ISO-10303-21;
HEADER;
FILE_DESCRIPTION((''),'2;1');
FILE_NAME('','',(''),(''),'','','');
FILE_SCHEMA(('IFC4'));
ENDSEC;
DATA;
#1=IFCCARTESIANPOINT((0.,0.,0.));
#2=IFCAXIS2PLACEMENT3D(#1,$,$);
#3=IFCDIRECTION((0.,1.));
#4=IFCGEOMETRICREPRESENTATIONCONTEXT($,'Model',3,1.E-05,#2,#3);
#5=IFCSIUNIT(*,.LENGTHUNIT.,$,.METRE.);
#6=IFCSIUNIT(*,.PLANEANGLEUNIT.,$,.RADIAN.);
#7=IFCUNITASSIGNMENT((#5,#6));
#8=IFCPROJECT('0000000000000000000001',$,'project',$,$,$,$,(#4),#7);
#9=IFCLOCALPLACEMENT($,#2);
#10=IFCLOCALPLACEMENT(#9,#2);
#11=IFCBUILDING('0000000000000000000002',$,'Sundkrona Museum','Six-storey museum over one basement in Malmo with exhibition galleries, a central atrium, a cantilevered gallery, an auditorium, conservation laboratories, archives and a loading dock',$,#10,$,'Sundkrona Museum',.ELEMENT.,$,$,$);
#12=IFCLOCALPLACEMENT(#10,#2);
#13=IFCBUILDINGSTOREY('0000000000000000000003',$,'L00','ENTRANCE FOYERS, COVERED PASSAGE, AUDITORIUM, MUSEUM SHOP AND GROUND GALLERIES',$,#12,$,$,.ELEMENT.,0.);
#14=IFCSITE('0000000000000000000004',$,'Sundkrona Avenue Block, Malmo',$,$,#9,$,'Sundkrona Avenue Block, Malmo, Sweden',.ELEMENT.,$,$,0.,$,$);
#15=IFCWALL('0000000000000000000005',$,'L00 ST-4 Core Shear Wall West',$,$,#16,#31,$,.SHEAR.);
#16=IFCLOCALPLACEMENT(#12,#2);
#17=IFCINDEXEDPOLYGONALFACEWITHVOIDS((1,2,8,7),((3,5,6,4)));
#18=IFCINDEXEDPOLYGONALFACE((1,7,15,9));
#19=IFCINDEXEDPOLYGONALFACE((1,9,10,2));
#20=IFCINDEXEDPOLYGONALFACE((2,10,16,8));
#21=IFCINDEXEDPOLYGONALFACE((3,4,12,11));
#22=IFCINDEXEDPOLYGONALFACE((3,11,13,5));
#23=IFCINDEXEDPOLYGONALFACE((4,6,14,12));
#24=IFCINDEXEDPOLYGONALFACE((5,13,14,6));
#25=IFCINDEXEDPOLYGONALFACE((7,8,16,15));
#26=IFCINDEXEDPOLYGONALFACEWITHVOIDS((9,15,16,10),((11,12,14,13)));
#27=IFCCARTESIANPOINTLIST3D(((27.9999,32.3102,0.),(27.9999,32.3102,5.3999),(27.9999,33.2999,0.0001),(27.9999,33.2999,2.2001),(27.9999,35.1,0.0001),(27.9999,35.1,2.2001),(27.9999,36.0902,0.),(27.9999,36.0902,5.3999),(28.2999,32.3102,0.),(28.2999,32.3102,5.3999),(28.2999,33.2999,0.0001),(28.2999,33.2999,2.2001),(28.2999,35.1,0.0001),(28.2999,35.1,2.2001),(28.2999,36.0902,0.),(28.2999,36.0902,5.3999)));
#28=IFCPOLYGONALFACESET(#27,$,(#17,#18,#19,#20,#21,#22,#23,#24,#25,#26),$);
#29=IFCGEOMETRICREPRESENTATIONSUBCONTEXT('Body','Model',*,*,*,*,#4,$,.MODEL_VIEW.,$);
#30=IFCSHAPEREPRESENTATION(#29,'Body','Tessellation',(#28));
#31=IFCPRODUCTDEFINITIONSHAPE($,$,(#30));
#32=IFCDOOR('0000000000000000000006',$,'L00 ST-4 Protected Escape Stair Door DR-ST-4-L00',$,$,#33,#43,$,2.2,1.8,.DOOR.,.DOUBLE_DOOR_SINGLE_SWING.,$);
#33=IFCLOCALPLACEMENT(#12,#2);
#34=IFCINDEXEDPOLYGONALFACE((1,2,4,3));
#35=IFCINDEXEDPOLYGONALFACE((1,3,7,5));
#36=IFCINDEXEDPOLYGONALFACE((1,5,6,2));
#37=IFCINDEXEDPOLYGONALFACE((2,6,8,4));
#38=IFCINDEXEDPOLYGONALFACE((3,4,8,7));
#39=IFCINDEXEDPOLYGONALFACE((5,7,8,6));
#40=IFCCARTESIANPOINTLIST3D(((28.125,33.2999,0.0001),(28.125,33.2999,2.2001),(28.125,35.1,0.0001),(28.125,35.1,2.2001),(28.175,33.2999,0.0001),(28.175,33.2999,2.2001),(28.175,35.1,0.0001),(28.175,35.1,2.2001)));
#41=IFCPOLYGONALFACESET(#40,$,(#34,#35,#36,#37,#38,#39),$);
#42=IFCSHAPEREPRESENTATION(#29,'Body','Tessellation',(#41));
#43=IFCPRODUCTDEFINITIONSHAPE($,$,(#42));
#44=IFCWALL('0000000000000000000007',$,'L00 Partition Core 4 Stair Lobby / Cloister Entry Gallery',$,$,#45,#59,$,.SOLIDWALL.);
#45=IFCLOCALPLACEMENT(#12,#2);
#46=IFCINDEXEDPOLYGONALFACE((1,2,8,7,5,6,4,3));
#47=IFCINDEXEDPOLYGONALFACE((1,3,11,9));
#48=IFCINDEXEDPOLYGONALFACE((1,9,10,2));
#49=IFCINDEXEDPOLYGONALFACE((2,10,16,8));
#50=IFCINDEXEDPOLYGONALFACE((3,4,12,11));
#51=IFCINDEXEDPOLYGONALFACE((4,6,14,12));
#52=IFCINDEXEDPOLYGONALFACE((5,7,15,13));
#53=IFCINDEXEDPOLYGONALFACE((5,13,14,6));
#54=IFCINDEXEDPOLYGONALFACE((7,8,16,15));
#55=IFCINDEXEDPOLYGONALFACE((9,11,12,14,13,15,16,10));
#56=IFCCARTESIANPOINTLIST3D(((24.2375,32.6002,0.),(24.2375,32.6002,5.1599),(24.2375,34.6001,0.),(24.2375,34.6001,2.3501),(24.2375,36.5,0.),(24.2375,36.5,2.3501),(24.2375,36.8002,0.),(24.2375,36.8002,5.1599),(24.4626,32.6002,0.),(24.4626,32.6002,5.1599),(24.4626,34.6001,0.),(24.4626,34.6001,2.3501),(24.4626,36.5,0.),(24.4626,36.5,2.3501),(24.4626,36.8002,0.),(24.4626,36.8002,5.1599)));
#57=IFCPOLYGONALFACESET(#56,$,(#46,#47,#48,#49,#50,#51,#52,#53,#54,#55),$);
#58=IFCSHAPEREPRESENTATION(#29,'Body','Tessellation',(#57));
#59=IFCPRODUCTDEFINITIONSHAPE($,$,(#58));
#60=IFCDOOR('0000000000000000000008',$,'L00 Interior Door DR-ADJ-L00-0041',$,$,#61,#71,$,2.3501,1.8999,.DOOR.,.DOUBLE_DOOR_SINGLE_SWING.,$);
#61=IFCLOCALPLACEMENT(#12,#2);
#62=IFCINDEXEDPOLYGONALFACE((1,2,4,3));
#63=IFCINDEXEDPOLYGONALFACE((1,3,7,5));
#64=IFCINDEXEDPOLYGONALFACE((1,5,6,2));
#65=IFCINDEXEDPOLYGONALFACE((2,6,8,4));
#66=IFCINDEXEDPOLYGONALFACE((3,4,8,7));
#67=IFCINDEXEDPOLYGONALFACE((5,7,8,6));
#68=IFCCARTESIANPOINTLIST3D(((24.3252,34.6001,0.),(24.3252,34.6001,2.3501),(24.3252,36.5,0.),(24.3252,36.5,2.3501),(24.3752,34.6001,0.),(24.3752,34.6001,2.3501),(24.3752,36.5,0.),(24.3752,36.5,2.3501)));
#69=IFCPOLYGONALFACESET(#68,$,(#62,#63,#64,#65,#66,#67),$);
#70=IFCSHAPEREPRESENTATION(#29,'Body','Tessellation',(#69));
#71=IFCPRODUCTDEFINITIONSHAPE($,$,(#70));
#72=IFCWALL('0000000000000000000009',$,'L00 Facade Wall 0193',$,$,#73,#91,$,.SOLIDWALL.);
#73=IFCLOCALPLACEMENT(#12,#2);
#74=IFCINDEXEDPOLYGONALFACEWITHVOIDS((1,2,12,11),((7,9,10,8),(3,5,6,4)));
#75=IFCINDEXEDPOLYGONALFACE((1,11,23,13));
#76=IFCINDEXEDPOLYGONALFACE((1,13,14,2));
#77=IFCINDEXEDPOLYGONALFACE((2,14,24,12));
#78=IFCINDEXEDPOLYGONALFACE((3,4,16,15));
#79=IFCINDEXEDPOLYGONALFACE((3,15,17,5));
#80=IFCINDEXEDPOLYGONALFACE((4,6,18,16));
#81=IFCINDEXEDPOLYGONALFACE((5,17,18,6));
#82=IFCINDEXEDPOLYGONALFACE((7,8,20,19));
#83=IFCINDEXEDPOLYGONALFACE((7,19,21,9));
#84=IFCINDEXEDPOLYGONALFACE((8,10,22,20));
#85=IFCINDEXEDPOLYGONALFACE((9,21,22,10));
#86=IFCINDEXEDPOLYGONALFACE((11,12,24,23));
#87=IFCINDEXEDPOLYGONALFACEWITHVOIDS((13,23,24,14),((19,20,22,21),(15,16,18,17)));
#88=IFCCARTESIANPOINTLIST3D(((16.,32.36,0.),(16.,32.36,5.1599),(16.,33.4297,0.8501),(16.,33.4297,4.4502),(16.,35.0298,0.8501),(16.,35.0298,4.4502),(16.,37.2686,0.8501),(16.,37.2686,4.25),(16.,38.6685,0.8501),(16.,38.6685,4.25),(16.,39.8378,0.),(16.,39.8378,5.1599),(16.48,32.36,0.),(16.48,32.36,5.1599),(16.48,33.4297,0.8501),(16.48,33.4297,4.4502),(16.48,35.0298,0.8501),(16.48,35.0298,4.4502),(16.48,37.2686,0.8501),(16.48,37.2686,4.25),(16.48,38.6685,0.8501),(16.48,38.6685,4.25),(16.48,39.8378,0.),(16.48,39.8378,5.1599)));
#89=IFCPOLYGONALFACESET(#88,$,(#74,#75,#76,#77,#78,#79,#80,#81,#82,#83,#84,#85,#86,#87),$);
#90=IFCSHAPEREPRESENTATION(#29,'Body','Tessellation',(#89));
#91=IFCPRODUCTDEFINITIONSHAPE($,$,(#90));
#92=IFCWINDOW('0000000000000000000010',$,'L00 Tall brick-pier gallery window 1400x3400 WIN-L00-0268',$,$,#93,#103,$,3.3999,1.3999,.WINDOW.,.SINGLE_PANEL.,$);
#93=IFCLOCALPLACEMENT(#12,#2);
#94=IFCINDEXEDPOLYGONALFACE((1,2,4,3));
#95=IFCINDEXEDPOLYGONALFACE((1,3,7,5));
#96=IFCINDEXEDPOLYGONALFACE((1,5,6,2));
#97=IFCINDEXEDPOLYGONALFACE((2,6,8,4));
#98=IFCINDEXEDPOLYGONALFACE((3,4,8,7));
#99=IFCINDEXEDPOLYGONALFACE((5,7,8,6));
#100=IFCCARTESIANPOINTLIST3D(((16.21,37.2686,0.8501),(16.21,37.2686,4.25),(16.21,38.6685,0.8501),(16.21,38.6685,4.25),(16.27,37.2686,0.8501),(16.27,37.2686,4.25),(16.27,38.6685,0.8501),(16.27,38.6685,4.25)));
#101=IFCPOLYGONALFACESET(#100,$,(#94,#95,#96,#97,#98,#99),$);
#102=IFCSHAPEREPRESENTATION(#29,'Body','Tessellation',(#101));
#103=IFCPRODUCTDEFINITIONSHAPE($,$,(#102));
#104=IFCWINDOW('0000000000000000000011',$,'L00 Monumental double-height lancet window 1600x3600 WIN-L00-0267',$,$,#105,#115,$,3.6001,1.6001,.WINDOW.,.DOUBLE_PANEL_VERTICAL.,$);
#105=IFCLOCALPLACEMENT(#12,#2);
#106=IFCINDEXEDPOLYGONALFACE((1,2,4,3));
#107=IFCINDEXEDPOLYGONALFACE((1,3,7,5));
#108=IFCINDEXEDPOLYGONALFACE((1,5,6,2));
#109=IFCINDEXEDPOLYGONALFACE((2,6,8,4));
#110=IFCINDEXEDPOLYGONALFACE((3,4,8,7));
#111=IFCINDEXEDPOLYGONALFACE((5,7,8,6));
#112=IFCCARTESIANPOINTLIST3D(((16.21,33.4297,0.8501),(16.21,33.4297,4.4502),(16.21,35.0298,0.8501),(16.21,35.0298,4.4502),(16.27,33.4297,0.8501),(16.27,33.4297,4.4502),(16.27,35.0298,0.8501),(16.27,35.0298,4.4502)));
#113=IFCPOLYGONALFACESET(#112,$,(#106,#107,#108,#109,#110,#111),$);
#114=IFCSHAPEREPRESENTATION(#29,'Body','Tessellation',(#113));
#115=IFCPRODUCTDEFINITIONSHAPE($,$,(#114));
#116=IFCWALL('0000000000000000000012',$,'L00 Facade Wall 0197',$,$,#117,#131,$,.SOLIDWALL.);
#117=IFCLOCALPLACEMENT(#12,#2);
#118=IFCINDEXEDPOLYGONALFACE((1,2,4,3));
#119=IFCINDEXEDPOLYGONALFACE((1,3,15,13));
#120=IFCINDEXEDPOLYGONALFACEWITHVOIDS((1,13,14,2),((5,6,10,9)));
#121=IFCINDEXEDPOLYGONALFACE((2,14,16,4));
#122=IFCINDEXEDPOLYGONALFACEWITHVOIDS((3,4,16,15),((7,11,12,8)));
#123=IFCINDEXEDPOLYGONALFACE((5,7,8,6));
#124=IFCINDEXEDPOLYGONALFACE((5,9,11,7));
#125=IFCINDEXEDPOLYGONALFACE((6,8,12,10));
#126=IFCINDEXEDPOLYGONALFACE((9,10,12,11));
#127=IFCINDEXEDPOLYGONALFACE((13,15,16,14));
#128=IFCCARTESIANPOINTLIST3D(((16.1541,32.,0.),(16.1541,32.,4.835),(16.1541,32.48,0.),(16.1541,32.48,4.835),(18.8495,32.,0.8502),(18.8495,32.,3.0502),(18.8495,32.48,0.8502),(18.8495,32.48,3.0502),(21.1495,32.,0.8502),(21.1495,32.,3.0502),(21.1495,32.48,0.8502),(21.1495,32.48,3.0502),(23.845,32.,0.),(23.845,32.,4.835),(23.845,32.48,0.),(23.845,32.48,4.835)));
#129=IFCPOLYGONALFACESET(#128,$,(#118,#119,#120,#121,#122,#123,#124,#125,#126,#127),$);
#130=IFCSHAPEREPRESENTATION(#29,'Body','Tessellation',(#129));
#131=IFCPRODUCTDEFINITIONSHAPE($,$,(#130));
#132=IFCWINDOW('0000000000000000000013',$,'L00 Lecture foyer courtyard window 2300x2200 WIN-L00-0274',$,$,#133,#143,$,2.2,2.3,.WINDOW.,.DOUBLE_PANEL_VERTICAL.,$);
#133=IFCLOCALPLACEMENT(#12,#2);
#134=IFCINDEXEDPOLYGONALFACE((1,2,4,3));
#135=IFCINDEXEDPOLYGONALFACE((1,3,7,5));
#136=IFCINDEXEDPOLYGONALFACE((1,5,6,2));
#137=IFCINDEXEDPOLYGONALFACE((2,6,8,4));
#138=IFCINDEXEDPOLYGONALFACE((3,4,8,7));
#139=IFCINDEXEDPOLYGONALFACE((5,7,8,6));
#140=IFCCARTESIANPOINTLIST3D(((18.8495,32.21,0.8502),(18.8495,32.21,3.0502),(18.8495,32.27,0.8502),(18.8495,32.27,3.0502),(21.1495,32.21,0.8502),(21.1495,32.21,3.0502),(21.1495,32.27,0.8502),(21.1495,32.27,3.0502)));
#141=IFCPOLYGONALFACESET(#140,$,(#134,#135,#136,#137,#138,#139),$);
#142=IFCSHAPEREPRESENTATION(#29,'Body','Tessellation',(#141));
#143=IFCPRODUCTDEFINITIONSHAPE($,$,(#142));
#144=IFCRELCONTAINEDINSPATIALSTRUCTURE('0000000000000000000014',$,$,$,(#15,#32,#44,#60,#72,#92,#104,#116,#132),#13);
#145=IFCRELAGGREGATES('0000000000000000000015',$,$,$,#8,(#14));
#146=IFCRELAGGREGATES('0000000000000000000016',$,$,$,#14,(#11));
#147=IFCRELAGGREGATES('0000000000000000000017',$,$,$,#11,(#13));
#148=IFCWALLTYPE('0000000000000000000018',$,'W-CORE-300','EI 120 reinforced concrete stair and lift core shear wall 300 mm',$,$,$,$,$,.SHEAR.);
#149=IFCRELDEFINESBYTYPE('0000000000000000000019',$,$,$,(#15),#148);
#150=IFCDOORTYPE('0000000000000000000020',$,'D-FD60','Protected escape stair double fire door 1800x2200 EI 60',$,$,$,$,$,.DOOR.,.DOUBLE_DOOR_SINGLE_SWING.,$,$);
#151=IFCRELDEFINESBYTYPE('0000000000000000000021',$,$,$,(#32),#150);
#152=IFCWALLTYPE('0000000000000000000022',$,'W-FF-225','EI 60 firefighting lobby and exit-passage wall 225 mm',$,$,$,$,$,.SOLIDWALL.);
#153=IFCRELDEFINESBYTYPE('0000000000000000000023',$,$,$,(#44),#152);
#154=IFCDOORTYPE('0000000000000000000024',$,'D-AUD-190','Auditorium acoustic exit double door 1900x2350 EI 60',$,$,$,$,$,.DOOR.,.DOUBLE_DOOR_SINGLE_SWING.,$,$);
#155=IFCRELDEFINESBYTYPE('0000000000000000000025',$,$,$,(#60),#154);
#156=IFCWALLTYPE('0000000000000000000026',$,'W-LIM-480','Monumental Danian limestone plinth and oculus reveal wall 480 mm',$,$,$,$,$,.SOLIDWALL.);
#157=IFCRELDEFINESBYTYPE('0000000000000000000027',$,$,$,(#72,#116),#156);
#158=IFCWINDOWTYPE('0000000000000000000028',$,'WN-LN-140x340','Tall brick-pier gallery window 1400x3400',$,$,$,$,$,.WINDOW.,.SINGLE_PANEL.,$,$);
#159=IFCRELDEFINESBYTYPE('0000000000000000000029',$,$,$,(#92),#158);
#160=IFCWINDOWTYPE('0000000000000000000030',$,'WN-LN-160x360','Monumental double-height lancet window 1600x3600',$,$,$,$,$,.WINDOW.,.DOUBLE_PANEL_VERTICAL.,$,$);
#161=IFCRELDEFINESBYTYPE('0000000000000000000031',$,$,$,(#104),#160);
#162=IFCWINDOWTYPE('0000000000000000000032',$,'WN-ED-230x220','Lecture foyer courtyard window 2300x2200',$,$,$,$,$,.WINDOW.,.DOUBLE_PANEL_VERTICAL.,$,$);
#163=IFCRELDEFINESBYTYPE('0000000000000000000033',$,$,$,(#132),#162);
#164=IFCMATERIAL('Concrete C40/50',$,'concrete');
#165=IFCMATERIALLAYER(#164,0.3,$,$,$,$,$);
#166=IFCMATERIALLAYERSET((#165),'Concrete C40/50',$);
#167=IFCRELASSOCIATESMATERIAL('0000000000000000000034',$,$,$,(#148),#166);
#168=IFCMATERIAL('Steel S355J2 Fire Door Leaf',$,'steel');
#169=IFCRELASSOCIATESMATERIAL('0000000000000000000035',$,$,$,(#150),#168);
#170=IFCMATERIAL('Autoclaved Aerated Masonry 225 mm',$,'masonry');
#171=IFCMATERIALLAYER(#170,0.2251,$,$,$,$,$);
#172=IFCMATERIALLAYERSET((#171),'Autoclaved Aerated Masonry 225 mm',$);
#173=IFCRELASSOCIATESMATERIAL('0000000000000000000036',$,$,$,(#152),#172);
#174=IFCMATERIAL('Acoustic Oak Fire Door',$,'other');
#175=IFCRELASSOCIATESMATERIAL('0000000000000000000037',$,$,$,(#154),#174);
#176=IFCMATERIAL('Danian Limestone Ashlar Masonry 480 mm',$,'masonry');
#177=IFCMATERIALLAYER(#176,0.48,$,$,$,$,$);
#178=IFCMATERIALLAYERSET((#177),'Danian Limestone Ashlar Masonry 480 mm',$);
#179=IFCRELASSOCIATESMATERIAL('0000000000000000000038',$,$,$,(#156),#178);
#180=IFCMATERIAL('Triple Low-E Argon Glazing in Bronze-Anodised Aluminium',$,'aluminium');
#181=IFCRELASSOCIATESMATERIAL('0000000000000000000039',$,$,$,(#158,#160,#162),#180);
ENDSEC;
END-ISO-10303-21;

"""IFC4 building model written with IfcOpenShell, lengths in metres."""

from ifc_helpers import new_model, si_unit, direction, frame, frame_2d, origin, place, context, subcontext, project, spatial, rectangle, extrude, material, layer, layer_set, type_object, element, fill, save


model = new_model("IFC4")

# Units and contexts
model_context = context("Model", 3, precision=1e-05, world=origin(), true_north=direction((0.0, 1.0)))
body_context = subcontext(model_context, "Body", "Model", "MODEL_VIEW")
ifc_project = project(units=[si_unit("LENGTHUNIT", "METRE"), si_unit("PLANEANGLEUNIT", "RADIAN")], contexts=[model_context])

# Site, building, storey
site_placement = place(None, origin())
site = spatial("IfcSite", under=ifc_project, at=site_placement, Name="Sundkrona Avenue Block, Malmo", LongName="Sundkrona Avenue Block, Malmo, Sweden", CompositionType="ELEMENT", RefElevation=0.0)
building_placement = place(site_placement, origin())
building = spatial("IfcBuilding", under=site, at=building_placement, Name="Sundkrona Museum", Description="Six-storey museum over one basement in Malmo with exhibition galleries, a central atrium, a cantilevered gallery, an auditorium, conservation laboratories, archives and a loading dock", LongName="Sundkrona Museum", CompositionType="ELEMENT")
storey_placement = place(building_placement, origin())
storey = spatial("IfcBuildingStorey", under=building, at=storey_placement, Name="L00", Description="ENTRANCE FOYERS, COVERED PASSAGE, AUDITORIUM, MUSEUM SHOP AND GROUND GALLERIES", CompositionType="ELEMENT", Elevation=0.0)

# Walls, openings, doors
ifc_material_1 = material(Name="Concrete C40/50", Category="concrete")
ifc_layer_1 = layer(ifc_material_1, 0.3)
ifc_layer_set_1 = layer_set([ifc_layer_1], Name="Concrete C40/50")
wall_type_1 = type_object("IfcWallType", Name="W-CORE-300", Description="EI 120 reinforced concrete stair and lift core shear wall 300 mm", PredefinedType="SHEAR", material=ifc_layer_set_1)
wall_1_placement = place(storey_placement, frame((28.1499, 32.3101, 0.0), z_axis=(0.0, 0.0, 1.0), x_axis=(0.0, 1.0, 0.0)))
wall_1 = element("IfcWall", 1, at=wall_1_placement, inside=storey, type_object=wall_type_1, Name="L00 ST-4 Core Shear Wall West", PredefinedType="SHEAR", context=body_context, shape_type="SweptSolid", body=[
    extrude(rectangle(XDim=3.78, YDim=0.3, at=frame_2d((1.8901, 0.0))), origin(), (0.0, 0.0, 1.0), 5.3999),
])
opening_1_placement = place(wall_1_placement, frame((0.99, 0.0, 0.0)))
opening_1 = element("IfcOpeningElement", 2, at=opening_1_placement, cuts=wall_1, PredefinedType="OPENING", context=body_context, shape_type="SweptSolid", body=[
    extrude(rectangle(XDim=1.8, YDim=2.2, at=frame_2d((0.8999, 1.1001))), frame((0.0, 0.1599, 0.0), z_axis=(0.0, -1.0, 0.0), x_axis=(1.0, 0.0, 0.0)), (0.0, 0.0, 1.0), 0.3201),
])
ifc_material_2 = material(Name="Steel S355J2 Fire Door Leaf", Category="steel")
door_type_1 = type_object("IfcDoorType", Name="D-FD60", Description="Protected escape stair double fire door 1800x2200 EI 60", OperationType="DOUBLE_DOOR_SINGLE_SWING", PredefinedType="DOOR", material=ifc_material_2)
door_1_placement = place(opening_1_placement, origin())
door_1 = element("IfcDoor", 3, at=door_1_placement, inside=storey, type_object=door_type_1, Name="L00 ST-4 Protected Escape Stair Door DR-ST-4-L00", OperationType="DOUBLE_DOOR_SINGLE_SWING", OverallHeight=2.2, OverallWidth=1.8, PredefinedType="DOOR", context=body_context, shape_type="SweptSolid", body=[
    extrude(rectangle(XDim=1.8, YDim=2.2, at=frame_2d((0.8999, 1.1001))), frame((0.0, 0.0249, 0.0), z_axis=(0.0, -1.0, 0.0), x_axis=(1.0, 0.0, 0.0)), (0.0, 0.0, 1.0), 0.05),
])
fill(opening_1, door_1)
ifc_material_3 = material(Name="Autoclaved Aerated Masonry 225 mm", Category="masonry")
ifc_layer_2 = layer(ifc_material_3, 0.2251)
ifc_layer_set_2 = layer_set([ifc_layer_2], Name="Autoclaved Aerated Masonry 225 mm")
wall_type_2 = type_object("IfcWallType", Name="W-FF-225", Description="EI 60 firefighting lobby and exit-passage wall 225 mm", PredefinedType="SOLIDWALL", material=ifc_layer_set_2)
wall_2_placement = place(storey_placement, frame((24.3501, 32.6001, 0.0), z_axis=(0.0, 0.0, 1.0), x_axis=(0.0, 1.0, 0.0)))
wall_2 = element("IfcWall", 4, at=wall_2_placement, inside=storey, type_object=wall_type_2, Name="L00 Partition Core 4 Stair Lobby / Cloister Entry Gallery", PredefinedType="SOLIDWALL", context=body_context, shape_type="SweptSolid", body=[
    extrude(rectangle(XDim=4.2, YDim=0.2251, at=frame_2d((2.1001, 0.0))), origin(), (0.0, 0.0, 1.0), 5.1599),
])
opening_2_placement = place(wall_2_placement, frame((2.0, 0.0, 0.0)))
opening_2 = element("IfcOpeningElement", 5, at=opening_2_placement, cuts=wall_2, PredefinedType="OPENING", context=body_context, shape_type="SweptSolid", body=[
    extrude(rectangle(XDim=1.8999, YDim=2.3501, at=frame_2d((0.95, 1.175))), frame((0.0, 0.1226, 0.0), z_axis=(0.0, -1.0, 0.0), x_axis=(1.0, 0.0, 0.0)), (0.0, 0.0, 1.0), 0.2451),
])
ifc_material_4 = material(Name="Acoustic Oak Fire Door", Category="other")
door_type_2 = type_object("IfcDoorType", Name="D-AUD-190", Description="Auditorium acoustic exit double door 1900x2350 EI 60", OperationType="DOUBLE_DOOR_SINGLE_SWING", PredefinedType="DOOR", material=ifc_material_4)
door_2_placement = place(opening_2_placement, origin())
door_2 = element("IfcDoor", 6, at=door_2_placement, inside=storey, type_object=door_type_2, Name="L00 Interior Door DR-ADJ-L00-0041", OperationType="DOUBLE_DOOR_SINGLE_SWING", OverallHeight=2.3501, OverallWidth=1.8999, PredefinedType="DOOR", context=body_context, shape_type="SweptSolid", body=[
    extrude(rectangle(XDim=1.8999, YDim=2.3501, at=frame_2d((0.95, 1.175))), frame((0.0, 0.0249, 0.0), z_axis=(0.0, -1.0, 0.0), x_axis=(1.0, 0.0, 0.0)), (0.0, 0.0, 1.0), 0.05),
])
fill(opening_2, door_2)

# Wall, openings, windows
ifc_material_5 = material(Name="Danian Limestone Ashlar Masonry 480 mm", Category="masonry")
ifc_layer_3 = layer(ifc_material_5, 0.48)
ifc_layer_set_3 = layer_set([ifc_layer_3], Name="Danian Limestone Ashlar Masonry 480 mm")
wall_type_3 = type_object("IfcWallType", Name="W-LIM-480", Description="Monumental Danian limestone plinth and oculus reveal wall 480 mm", PredefinedType="SOLIDWALL", material=ifc_layer_set_3)
wall_3_placement = place(storey_placement, frame((16.24, 32.3601, 0.0), z_axis=(0.0, 0.0, 1.0), x_axis=(0.0, 1.0, 0.0)))
wall_3 = element("IfcWall", 7, at=wall_3_placement, inside=storey, type_object=wall_type_3, Name="L00 Facade Wall 0193", PredefinedType="SOLIDWALL", context=body_context, shape_type="SweptSolid", body=[
    extrude(rectangle(XDim=7.4778, YDim=0.48, at=frame_2d((3.7388, 0.0))), origin(), (0.0, 0.0, 1.0), 5.1599),
])
opening_3_placement = place(wall_3_placement, frame((1.0696, 0.0, 0.8501)))
opening_3 = element("IfcOpeningElement", 8, at=opening_3_placement, cuts=wall_3, PredefinedType="OPENING", context=body_context, shape_type="SweptSolid", body=[
    extrude(rectangle(XDim=1.6001, YDim=3.6001, at=frame_2d((0.8, 1.8))), frame((0.0, 0.25, 0.0), z_axis=(0.0, -1.0, 0.0), x_axis=(1.0, 0.0, 0.0)), (0.0, 0.0, 1.0), 0.5),
])
opening_4_placement = place(wall_3_placement, frame((4.9084, 0.0, 0.8501)))
opening_4 = element("IfcOpeningElement", 9, at=opening_4_placement, cuts=wall_3, PredefinedType="OPENING", context=body_context, shape_type="SweptSolid", body=[
    extrude(rectangle(XDim=1.3999, YDim=3.3999, at=frame_2d((0.7, 1.7))), frame((0.0, 0.25, 0.0), z_axis=(0.0, -1.0, 0.0), x_axis=(1.0, 0.0, 0.0)), (0.0, 0.0, 1.0), 0.5),
])
ifc_material_6 = material(Name="Triple Low-E Argon Glazing in Bronze-Anodised Aluminium", Category="aluminium")
window_type_1 = type_object("IfcWindowType", Name="WN-LN-140x340", Description="Tall brick-pier gallery window 1400x3400", PartitioningType="SINGLE_PANEL", PredefinedType="WINDOW", material=ifc_material_6)
window_1_placement = place(opening_4_placement, origin())
window_1 = element("IfcWindow", 10, at=window_1_placement, inside=storey, type_object=window_type_1, Name="L00 Tall brick-pier gallery window 1400x3400 WIN-L00-0268", OverallHeight=3.3999, OverallWidth=1.3999, PartitioningType="SINGLE_PANEL", PredefinedType="WINDOW", context=body_context, shape_type="SweptSolid", body=[
    extrude(rectangle(XDim=1.3999, YDim=3.3999, at=frame_2d((0.7, 1.7))), frame((0.0, 0.03, 0.0), z_axis=(0.0, -1.0, 0.0), x_axis=(1.0, 0.0, 0.0)), (0.0, 0.0, 1.0), 0.0601),
])
fill(opening_4, window_1)
window_type_2 = type_object("IfcWindowType", Name="WN-LN-160x360", Description="Monumental double-height lancet window 1600x3600", PartitioningType="DOUBLE_PANEL_VERTICAL", PredefinedType="WINDOW", material=ifc_material_6)
window_2_placement = place(opening_3_placement, origin())
window_2 = element("IfcWindow", 11, at=window_2_placement, inside=storey, type_object=window_type_2, Name="L00 Monumental double-height lancet window 1600x3600 WIN-L00-0267", OverallHeight=3.6001, OverallWidth=1.6001, PartitioningType="DOUBLE_PANEL_VERTICAL", PredefinedType="WINDOW", context=body_context, shape_type="SweptSolid", body=[
    extrude(rectangle(XDim=1.6001, YDim=3.6001, at=frame_2d((0.8, 1.8))), frame((0.0, 0.03, 0.0), z_axis=(0.0, -1.0, 0.0), x_axis=(1.0, 0.0, 0.0)), (0.0, 0.0, 1.0), 0.0601),
])
fill(opening_3, window_2)

# Wall, opening, window
wall_4_placement = place(storey_placement, frame((23.845, 32.24, 0.0), z_axis=(0.0, 0.0, 1.0), x_axis=(-1.0, 0.0, 0.0)))
wall_4 = element("IfcWall", 12, at=wall_4_placement, inside=storey, type_object=wall_type_3, Name="L00 Facade Wall 0197", PredefinedType="SOLIDWALL", context=body_context, shape_type="SweptSolid", body=[
    extrude(rectangle(XDim=7.6909, YDim=0.48, at=frame_2d((3.8455, 0.0))), origin(), (0.0, 0.0, 1.0), 4.835),
])
opening_5_placement = place(wall_4_placement, frame((2.6956, 0.0, 0.8501)))
opening_5 = element("IfcOpeningElement", 13, at=opening_5_placement, cuts=wall_4, PredefinedType="OPENING", context=body_context, shape_type="SweptSolid", body=[
    extrude(rectangle(XDim=2.3, YDim=2.2, at=frame_2d((1.1499, 1.1001))), frame((0.0, 0.25, 0.0), z_axis=(0.0, -1.0, 0.0), x_axis=(1.0, 0.0, 0.0)), (0.0, 0.0, 1.0), 0.5),
])
window_type_3 = type_object("IfcWindowType", Name="WN-ED-230x220", Description="Lecture foyer courtyard window 2300x2200", PartitioningType="DOUBLE_PANEL_VERTICAL", PredefinedType="WINDOW", material=ifc_material_6)
window_3_placement = place(opening_5_placement, origin())
window_3 = element("IfcWindow", 14, at=window_3_placement, inside=storey, type_object=window_type_3, Name="L00 Lecture foyer courtyard window 2300x2200 WIN-L00-0274", OverallHeight=2.2, OverallWidth=2.3, PartitioningType="DOUBLE_PANEL_VERTICAL", PredefinedType="WINDOW", context=body_context, shape_type="SweptSolid", body=[
    extrude(rectangle(XDim=2.3, YDim=2.2, at=frame_2d((1.1499, 1.1001))), frame((0.0, 0.03, 0.0), z_axis=(0.0, -1.0, 0.0), x_axis=(1.0, 0.0, 0.0)), (0.0, 0.0, 1.0), 0.0601),
])
fill(opening_5, window_3)

save(model, "model.ifc")
